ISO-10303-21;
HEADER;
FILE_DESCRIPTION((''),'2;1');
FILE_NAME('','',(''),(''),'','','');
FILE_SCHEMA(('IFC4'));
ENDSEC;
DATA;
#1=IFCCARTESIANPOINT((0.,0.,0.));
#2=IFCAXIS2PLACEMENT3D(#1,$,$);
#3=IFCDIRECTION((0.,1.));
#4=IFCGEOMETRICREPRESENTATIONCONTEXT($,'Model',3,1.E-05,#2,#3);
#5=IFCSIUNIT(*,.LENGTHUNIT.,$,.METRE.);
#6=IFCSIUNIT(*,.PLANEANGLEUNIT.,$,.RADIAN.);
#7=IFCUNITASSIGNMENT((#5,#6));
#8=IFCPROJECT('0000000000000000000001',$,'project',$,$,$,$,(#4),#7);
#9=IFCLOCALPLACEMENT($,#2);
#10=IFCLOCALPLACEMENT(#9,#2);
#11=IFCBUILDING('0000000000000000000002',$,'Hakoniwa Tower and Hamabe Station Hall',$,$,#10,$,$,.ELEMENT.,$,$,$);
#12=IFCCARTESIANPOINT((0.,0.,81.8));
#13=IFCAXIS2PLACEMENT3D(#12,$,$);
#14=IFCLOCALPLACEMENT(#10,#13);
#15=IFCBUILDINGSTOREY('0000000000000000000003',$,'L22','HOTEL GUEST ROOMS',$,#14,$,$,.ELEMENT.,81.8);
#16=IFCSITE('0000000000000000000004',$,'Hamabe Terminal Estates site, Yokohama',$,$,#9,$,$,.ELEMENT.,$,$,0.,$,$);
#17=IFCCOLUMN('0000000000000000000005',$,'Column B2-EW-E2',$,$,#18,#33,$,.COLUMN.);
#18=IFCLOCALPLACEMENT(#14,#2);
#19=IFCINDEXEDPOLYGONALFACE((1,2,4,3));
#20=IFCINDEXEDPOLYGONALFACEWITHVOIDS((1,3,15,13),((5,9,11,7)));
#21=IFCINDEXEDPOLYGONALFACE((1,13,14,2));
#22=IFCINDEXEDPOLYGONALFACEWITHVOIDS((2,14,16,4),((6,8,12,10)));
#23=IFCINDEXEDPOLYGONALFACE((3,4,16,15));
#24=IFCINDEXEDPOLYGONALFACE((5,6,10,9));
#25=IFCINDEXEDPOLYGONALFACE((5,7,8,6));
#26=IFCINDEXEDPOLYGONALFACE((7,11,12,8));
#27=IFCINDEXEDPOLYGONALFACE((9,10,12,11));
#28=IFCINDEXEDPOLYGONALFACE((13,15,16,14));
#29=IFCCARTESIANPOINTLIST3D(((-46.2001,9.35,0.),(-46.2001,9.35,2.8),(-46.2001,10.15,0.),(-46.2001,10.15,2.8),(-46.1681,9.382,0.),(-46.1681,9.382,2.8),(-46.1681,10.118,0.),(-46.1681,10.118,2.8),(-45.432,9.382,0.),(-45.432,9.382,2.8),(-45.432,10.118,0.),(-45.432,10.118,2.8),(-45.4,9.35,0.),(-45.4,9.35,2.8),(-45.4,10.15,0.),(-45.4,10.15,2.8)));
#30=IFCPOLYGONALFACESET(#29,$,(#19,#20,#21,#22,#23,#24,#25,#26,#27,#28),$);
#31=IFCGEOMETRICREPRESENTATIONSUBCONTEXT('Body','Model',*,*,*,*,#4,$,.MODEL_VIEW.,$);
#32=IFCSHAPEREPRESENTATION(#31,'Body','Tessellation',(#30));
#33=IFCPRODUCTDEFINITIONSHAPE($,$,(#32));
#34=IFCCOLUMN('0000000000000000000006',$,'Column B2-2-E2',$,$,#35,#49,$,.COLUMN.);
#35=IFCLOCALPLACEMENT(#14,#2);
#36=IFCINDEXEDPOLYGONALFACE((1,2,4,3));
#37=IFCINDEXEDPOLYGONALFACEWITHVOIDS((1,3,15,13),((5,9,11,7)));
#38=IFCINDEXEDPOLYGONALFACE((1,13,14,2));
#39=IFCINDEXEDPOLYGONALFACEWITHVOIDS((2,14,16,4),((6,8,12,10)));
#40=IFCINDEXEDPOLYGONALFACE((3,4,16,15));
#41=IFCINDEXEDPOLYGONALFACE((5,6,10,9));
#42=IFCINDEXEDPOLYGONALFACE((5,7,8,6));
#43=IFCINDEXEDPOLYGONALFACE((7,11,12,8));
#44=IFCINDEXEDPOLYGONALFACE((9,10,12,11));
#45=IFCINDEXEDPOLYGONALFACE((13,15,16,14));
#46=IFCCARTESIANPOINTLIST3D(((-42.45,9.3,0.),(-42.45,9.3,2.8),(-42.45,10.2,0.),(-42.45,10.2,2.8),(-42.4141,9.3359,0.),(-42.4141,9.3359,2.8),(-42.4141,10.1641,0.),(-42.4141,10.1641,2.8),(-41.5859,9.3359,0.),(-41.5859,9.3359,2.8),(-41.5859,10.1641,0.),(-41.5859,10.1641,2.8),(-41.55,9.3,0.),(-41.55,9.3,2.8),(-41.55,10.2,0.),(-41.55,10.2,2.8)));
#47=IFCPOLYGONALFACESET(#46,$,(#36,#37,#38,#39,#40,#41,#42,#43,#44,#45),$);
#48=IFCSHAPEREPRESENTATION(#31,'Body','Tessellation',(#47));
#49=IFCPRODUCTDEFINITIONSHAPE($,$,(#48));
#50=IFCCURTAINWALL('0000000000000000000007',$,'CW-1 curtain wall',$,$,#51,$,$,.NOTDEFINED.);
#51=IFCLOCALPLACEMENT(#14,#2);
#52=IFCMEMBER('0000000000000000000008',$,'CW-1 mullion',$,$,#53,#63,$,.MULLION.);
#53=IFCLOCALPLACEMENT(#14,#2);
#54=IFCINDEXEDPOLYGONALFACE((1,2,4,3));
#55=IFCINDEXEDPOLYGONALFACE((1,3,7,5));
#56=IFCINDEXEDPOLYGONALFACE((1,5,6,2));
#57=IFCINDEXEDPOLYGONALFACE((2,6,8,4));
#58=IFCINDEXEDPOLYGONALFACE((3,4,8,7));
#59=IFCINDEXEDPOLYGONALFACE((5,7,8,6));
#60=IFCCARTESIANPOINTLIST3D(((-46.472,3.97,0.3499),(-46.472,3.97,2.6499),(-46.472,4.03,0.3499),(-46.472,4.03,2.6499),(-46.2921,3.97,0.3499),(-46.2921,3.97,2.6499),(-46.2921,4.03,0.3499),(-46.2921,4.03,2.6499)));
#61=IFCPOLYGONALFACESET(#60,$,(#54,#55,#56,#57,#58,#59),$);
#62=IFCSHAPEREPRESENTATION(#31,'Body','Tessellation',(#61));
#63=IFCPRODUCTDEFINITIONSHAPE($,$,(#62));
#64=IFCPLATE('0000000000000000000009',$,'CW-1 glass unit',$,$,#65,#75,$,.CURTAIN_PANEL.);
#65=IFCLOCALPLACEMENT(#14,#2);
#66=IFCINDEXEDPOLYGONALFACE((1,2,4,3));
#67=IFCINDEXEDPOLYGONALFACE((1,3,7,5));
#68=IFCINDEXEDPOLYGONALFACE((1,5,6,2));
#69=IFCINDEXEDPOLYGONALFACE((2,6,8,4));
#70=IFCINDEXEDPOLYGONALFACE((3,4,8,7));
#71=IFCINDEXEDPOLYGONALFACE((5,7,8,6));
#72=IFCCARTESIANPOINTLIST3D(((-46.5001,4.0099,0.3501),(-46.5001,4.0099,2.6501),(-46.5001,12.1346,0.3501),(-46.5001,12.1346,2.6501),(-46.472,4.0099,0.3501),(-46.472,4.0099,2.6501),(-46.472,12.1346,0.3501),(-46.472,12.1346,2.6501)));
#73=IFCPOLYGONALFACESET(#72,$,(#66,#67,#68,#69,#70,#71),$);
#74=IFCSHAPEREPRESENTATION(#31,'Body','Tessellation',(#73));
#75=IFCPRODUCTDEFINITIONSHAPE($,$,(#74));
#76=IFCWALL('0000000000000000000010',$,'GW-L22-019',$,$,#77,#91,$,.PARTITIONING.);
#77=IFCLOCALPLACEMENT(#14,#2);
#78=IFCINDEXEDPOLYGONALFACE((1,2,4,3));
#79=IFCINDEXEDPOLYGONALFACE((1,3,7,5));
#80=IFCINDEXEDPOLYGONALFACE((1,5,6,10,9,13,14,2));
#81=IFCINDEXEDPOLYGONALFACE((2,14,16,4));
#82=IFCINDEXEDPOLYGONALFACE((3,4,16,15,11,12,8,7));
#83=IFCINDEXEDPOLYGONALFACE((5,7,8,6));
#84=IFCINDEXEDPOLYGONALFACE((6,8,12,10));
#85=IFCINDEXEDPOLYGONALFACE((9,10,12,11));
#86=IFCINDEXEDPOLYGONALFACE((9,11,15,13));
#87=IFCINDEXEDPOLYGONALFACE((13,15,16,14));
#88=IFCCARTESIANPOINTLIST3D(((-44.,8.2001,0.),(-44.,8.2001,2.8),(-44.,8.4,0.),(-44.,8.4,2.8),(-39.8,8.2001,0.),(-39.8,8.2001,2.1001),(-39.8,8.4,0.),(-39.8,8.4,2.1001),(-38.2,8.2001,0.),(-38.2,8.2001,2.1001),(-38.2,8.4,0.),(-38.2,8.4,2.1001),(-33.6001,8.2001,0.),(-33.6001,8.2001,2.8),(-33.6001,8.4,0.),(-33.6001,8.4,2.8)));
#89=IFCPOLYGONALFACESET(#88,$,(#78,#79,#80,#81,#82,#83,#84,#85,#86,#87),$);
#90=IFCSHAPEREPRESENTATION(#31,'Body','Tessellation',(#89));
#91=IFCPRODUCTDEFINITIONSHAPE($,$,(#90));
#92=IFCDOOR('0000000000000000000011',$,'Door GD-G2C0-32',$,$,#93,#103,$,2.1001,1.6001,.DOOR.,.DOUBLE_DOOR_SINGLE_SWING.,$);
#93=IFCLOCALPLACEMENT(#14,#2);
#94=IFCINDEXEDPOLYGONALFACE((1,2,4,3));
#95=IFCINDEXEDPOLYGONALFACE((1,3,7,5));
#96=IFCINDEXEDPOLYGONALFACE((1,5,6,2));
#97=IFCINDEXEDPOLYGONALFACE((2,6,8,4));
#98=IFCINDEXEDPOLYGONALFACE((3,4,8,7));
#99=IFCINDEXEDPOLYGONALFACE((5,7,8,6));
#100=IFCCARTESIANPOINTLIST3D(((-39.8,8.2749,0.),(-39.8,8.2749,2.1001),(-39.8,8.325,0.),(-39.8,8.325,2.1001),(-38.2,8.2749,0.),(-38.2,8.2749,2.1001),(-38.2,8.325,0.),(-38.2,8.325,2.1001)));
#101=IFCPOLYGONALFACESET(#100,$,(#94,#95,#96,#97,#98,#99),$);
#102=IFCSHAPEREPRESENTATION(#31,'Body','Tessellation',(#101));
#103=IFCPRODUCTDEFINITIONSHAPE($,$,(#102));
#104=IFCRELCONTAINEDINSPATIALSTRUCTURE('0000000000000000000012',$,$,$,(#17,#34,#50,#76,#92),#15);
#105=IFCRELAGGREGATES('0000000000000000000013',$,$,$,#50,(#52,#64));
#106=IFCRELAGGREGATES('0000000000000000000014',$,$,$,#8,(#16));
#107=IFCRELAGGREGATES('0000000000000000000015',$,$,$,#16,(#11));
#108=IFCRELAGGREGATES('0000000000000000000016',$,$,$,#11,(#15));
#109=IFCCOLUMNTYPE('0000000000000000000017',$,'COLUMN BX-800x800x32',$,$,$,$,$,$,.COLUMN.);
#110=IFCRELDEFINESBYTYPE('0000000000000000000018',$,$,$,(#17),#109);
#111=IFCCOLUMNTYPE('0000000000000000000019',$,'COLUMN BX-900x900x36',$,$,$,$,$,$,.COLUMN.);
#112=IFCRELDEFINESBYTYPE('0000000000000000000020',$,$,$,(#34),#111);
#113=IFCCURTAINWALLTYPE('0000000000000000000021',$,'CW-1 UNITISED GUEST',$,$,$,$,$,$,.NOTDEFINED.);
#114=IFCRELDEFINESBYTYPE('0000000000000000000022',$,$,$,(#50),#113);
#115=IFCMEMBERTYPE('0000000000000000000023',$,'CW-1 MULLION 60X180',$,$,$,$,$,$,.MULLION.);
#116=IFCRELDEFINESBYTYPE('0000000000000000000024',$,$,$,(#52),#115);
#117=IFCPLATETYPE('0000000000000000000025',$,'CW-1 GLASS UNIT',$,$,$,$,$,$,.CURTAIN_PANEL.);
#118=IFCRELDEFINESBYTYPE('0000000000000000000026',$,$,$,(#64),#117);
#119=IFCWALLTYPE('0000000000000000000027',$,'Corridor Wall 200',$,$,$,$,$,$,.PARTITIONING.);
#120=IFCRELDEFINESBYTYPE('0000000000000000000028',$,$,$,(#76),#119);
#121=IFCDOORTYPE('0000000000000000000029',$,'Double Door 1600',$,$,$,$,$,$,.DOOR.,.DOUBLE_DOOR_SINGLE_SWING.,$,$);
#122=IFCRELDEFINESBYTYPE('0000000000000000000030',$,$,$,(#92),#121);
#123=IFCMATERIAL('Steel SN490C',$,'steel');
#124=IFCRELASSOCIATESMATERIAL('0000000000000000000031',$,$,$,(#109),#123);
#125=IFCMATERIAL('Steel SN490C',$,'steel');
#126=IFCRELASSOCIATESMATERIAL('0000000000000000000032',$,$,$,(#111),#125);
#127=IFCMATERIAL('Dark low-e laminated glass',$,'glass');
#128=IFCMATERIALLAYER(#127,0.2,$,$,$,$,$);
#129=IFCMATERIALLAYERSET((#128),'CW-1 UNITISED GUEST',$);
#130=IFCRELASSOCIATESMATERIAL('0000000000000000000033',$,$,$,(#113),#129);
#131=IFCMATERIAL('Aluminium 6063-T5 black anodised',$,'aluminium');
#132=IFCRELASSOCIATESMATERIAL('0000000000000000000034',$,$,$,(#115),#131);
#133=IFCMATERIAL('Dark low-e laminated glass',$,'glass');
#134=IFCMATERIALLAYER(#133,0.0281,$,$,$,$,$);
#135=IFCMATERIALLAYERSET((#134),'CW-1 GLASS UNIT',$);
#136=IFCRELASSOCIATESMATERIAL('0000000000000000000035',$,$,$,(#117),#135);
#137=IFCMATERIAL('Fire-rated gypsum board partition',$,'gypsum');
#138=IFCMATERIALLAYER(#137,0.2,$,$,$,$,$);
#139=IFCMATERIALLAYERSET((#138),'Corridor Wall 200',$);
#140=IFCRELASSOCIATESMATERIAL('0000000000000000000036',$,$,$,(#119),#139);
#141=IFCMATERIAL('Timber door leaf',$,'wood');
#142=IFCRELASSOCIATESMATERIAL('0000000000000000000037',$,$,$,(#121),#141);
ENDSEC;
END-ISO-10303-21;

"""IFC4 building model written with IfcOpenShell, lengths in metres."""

from ifc_helpers import new_model, si_unit, direction, frame, frame_2d, origin, origin_2d, place, context, subcontext, project, spatial, rectangle, hollow_rectangle, extrude, material, layer, layer_set, material_profile, profile_set, type_object, element, fill, aggregate, save


model = new_model("IFC4")

# Units and contexts
model_context = context("Model", 3, precision=1e-05, world=origin(), true_north=direction((0.0, 1.0)))
body_context = subcontext(model_context, "Body", "Model", "MODEL_VIEW")
ifc_project = project(units=[si_unit("LENGTHUNIT", "METRE"), si_unit("PLANEANGLEUNIT", "RADIAN")], contexts=[model_context])

# Site, building, storey
site_placement = place(None, origin())
site = spatial("IfcSite", under=ifc_project, at=site_placement, Name="Hamabe Terminal Estates site, Yokohama", CompositionType="ELEMENT", RefElevation=0.0)
building_placement = place(site_placement, origin())
building = spatial("IfcBuilding", under=site, at=building_placement, Name="Hakoniwa Tower and Hamabe Station Hall", CompositionType="ELEMENT")
storey_placement = place(building_placement, frame((0.0, 0.0, 81.8)))
storey = spatial("IfcBuildingStorey", under=building, at=storey_placement, Name="L22", Description="HOTEL GUEST ROOMS", CompositionType="ELEMENT", Elevation=81.8)

# Columns
ifc_material_1 = material(Name="Steel SN490C", Category="steel")
ifc_material_profile_1 = material_profile(ifc_material_1, hollow_rectangle(XDim=0.8, YDim=0.8, WallThickness=0.032, at=origin_2d()), Name="BX-800x800x32")
ifc_profile_set_1 = profile_set([ifc_material_profile_1], Name="Steel SN490C")
column_type_1 = type_object("IfcColumnType", Name="COLUMN BX-800x800x32", PredefinedType="COLUMN", material=ifc_profile_set_1)
column_1_placement = place(storey_placement, frame((-45.8, 9.75, 0.0), z_axis=(0.0, 0.0, 1.0), x_axis=(1.0, 0.0, 0.0)))
element("IfcColumn", 1, at=column_1_placement, inside=storey, type_object=column_type_1, Name="Column B2-EW-E2", PredefinedType="COLUMN", context=body_context, shape_type="SweptSolid", body=[
    extrude(hollow_rectangle(XDim=0.8, YDim=0.8, WallThickness=0.032, at=origin_2d()), origin(), (0.0, 0.0, 1.0), 2.8),
])
ifc_material_2 = material(Name="Steel SN490C", Category="steel")
ifc_material_profile_2 = material_profile(ifc_material_2, hollow_rectangle(XDim=0.8999, YDim=0.8999, WallThickness=0.0359, at=origin_2d()), Name="BX-900x900x36")
ifc_profile_set_2 = profile_set([ifc_material_profile_2], Name="Steel SN490C")
column_type_2 = type_object("IfcColumnType", Name="COLUMN BX-900x900x36", PredefinedType="COLUMN", material=ifc_profile_set_2)
column_2_placement = place(storey_placement, frame((-42.0, 9.75, 0.0), z_axis=(0.0, 0.0, 1.0), x_axis=(1.0, 0.0, 0.0)))
element("IfcColumn", 2, at=column_2_placement, inside=storey, type_object=column_type_2, Name="Column B2-2-E2", PredefinedType="COLUMN", context=body_context, shape_type="SweptSolid", body=[
    extrude(hollow_rectangle(XDim=0.8999, YDim=0.8999, WallThickness=0.0359, at=origin_2d()), origin(), (0.0, 0.0, 1.0), 2.8),
])

# Curtain wall, member, plate
ifc_material_3 = material(Name="Dark low-e laminated glass", Category="glass")
ifc_layer_1 = layer(ifc_material_3, 0.2)
ifc_layer_set_1 = layer_set([ifc_layer_1], Name="CW-1 UNITISED GUEST")
curtain_wall_type = type_object("IfcCurtainWallType", Name="CW-1 UNITISED GUEST", PredefinedType="NOTDEFINED", material=ifc_layer_set_1)
curtain_wall_placement = place(storey_placement, origin())
curtain_wall = element("IfcCurtainWall", 3, at=curtain_wall_placement, inside=storey, type_object=curtain_wall_type, Name="CW-1 curtain wall", PredefinedType="NOTDEFINED")
ifc_material_4 = material(Name="Aluminium 6063-T5 black anodised", Category="aluminium")
ifc_material_profile_3 = material_profile(ifc_material_4, rectangle(XDim=0.0601, YDim=0.1799, at=origin_2d()), Name="CW-1 MULLION 60X180")
ifc_profile_set_3 = profile_set([ifc_material_profile_3], Name="Aluminium 6063-T5 black anodised")
member_type = type_object("IfcMemberType", Name="CW-1 MULLION 60X180", PredefinedType="MULLION", material=ifc_profile_set_3)
member_placement = place(storey_placement, frame((-46.3821, 4.0, 0.3499), z_axis=(0.0, 0.0, 1.0), x_axis=(0.0, -1.0, 0.0)))
member = element("IfcMember", 4, at=member_placement, type_object=member_type, Name="CW-1 mullion", PredefinedType="MULLION", context=body_context, shape_type="SweptSolid", body=[
    extrude(rectangle(XDim=0.0601, YDim=0.1799, at=origin_2d()), origin(), (0.0, 0.0, 1.0), 2.3),
])
ifc_material_5 = material(Name="Dark low-e laminated glass", Category="glass")
ifc_layer_2 = layer(ifc_material_5, 0.0281)
ifc_layer_set_2 = layer_set([ifc_layer_2], Name="CW-1 GLASS UNIT")
plate_type = type_object("IfcPlateType", Name="CW-1 GLASS UNIT", PredefinedType="CURTAIN_PANEL", material=ifc_layer_set_2)
plate_placement = place(storey_placement, frame((-46.4861, 8.0723, 0.3501), z_axis=(0.0, 0.0, 1.0), x_axis=(0.0, -1.0, 0.0)))
plate = element("IfcPlate", 5, at=plate_placement, type_object=plate_type, Name="CW-1 glass unit", PredefinedType="CURTAIN_PANEL", context=body_context, shape_type="SweptSolid", body=[
    extrude(rectangle(XDim=8.1248, YDim=0.0281, at=origin_2d()), origin(), (0.0, 0.0, 1.0), 2.3),
])
aggregate(curtain_wall, [member, plate])

# Wall, opening, door
ifc_material_6 = material(Name="Fire-rated gypsum board partition", Category="gypsum")
ifc_layer_3 = layer(ifc_material_6, 0.2)
ifc_layer_set_3 = layer_set([ifc_layer_3], Name="Corridor Wall 200")
wall_type_1 = type_object("IfcWallType", Name="Corridor Wall 200", PredefinedType="PARTITIONING", material=ifc_layer_set_3)
wall_1_placement = place(storey_placement, frame((-44.0, 8.3, 0.0), z_axis=(0.0, 0.0, 1.0), x_axis=(1.0, 0.0, 0.0)))
wall_1 = element("IfcWall", 6, at=wall_1_placement, inside=storey, type_object=wall_type_1, Name="GW-L22-019", PredefinedType="PARTITIONING", context=body_context, shape_type="SweptSolid", body=[
    extrude(rectangle(XDim=10.3999, YDim=0.2, at=frame_2d((5.2, 0.0))), origin(), (0.0, 0.0, 1.0), 2.8),
])
opening_1_placement = place(wall_1_placement, frame((4.2, 0.0, 0.0)))
opening_1 = element("IfcOpeningElement", 7, at=opening_1_placement, cuts=wall_1, PredefinedType="OPENING", context=body_context, shape_type="SweptSolid", body=[
    extrude(rectangle(XDim=1.6001, YDim=2.1001, at=frame_2d((0.8, 1.05))), frame((0.0, 0.1099, 0.0), z_axis=(0.0, -1.0, 0.0), x_axis=(1.0, 0.0, 0.0)), (0.0, 0.0, 1.0), 0.22),
])
ifc_material_7 = material(Name="Timber door leaf", Category="wood")
door_type_1 = type_object("IfcDoorType", Name="Double Door 1600", OperationType="DOUBLE_DOOR_SINGLE_SWING", PredefinedType="DOOR", material=ifc_material_7)
door_1_placement = place(opening_1_placement, origin())
door_1 = element("IfcDoor", 8, at=door_1_placement, inside=storey, type_object=door_type_1, Name="Door GD-G2C0-32", OperationType="DOUBLE_DOOR_SINGLE_SWING", OverallHeight=2.1001, OverallWidth=1.6001, PredefinedType="DOOR", context=body_context, shape_type="SweptSolid", body=[
    extrude(rectangle(XDim=1.6001, YDim=2.1001, at=frame_2d((0.8, 1.05))), frame((0.0, 0.0249, 0.0), z_axis=(0.0, -1.0, 0.0), x_axis=(1.0, 0.0, 0.0)), (0.0, 0.0, 1.0), 0.05),
])
fill(opening_1, door_1)

save(model, "model.ifc")
